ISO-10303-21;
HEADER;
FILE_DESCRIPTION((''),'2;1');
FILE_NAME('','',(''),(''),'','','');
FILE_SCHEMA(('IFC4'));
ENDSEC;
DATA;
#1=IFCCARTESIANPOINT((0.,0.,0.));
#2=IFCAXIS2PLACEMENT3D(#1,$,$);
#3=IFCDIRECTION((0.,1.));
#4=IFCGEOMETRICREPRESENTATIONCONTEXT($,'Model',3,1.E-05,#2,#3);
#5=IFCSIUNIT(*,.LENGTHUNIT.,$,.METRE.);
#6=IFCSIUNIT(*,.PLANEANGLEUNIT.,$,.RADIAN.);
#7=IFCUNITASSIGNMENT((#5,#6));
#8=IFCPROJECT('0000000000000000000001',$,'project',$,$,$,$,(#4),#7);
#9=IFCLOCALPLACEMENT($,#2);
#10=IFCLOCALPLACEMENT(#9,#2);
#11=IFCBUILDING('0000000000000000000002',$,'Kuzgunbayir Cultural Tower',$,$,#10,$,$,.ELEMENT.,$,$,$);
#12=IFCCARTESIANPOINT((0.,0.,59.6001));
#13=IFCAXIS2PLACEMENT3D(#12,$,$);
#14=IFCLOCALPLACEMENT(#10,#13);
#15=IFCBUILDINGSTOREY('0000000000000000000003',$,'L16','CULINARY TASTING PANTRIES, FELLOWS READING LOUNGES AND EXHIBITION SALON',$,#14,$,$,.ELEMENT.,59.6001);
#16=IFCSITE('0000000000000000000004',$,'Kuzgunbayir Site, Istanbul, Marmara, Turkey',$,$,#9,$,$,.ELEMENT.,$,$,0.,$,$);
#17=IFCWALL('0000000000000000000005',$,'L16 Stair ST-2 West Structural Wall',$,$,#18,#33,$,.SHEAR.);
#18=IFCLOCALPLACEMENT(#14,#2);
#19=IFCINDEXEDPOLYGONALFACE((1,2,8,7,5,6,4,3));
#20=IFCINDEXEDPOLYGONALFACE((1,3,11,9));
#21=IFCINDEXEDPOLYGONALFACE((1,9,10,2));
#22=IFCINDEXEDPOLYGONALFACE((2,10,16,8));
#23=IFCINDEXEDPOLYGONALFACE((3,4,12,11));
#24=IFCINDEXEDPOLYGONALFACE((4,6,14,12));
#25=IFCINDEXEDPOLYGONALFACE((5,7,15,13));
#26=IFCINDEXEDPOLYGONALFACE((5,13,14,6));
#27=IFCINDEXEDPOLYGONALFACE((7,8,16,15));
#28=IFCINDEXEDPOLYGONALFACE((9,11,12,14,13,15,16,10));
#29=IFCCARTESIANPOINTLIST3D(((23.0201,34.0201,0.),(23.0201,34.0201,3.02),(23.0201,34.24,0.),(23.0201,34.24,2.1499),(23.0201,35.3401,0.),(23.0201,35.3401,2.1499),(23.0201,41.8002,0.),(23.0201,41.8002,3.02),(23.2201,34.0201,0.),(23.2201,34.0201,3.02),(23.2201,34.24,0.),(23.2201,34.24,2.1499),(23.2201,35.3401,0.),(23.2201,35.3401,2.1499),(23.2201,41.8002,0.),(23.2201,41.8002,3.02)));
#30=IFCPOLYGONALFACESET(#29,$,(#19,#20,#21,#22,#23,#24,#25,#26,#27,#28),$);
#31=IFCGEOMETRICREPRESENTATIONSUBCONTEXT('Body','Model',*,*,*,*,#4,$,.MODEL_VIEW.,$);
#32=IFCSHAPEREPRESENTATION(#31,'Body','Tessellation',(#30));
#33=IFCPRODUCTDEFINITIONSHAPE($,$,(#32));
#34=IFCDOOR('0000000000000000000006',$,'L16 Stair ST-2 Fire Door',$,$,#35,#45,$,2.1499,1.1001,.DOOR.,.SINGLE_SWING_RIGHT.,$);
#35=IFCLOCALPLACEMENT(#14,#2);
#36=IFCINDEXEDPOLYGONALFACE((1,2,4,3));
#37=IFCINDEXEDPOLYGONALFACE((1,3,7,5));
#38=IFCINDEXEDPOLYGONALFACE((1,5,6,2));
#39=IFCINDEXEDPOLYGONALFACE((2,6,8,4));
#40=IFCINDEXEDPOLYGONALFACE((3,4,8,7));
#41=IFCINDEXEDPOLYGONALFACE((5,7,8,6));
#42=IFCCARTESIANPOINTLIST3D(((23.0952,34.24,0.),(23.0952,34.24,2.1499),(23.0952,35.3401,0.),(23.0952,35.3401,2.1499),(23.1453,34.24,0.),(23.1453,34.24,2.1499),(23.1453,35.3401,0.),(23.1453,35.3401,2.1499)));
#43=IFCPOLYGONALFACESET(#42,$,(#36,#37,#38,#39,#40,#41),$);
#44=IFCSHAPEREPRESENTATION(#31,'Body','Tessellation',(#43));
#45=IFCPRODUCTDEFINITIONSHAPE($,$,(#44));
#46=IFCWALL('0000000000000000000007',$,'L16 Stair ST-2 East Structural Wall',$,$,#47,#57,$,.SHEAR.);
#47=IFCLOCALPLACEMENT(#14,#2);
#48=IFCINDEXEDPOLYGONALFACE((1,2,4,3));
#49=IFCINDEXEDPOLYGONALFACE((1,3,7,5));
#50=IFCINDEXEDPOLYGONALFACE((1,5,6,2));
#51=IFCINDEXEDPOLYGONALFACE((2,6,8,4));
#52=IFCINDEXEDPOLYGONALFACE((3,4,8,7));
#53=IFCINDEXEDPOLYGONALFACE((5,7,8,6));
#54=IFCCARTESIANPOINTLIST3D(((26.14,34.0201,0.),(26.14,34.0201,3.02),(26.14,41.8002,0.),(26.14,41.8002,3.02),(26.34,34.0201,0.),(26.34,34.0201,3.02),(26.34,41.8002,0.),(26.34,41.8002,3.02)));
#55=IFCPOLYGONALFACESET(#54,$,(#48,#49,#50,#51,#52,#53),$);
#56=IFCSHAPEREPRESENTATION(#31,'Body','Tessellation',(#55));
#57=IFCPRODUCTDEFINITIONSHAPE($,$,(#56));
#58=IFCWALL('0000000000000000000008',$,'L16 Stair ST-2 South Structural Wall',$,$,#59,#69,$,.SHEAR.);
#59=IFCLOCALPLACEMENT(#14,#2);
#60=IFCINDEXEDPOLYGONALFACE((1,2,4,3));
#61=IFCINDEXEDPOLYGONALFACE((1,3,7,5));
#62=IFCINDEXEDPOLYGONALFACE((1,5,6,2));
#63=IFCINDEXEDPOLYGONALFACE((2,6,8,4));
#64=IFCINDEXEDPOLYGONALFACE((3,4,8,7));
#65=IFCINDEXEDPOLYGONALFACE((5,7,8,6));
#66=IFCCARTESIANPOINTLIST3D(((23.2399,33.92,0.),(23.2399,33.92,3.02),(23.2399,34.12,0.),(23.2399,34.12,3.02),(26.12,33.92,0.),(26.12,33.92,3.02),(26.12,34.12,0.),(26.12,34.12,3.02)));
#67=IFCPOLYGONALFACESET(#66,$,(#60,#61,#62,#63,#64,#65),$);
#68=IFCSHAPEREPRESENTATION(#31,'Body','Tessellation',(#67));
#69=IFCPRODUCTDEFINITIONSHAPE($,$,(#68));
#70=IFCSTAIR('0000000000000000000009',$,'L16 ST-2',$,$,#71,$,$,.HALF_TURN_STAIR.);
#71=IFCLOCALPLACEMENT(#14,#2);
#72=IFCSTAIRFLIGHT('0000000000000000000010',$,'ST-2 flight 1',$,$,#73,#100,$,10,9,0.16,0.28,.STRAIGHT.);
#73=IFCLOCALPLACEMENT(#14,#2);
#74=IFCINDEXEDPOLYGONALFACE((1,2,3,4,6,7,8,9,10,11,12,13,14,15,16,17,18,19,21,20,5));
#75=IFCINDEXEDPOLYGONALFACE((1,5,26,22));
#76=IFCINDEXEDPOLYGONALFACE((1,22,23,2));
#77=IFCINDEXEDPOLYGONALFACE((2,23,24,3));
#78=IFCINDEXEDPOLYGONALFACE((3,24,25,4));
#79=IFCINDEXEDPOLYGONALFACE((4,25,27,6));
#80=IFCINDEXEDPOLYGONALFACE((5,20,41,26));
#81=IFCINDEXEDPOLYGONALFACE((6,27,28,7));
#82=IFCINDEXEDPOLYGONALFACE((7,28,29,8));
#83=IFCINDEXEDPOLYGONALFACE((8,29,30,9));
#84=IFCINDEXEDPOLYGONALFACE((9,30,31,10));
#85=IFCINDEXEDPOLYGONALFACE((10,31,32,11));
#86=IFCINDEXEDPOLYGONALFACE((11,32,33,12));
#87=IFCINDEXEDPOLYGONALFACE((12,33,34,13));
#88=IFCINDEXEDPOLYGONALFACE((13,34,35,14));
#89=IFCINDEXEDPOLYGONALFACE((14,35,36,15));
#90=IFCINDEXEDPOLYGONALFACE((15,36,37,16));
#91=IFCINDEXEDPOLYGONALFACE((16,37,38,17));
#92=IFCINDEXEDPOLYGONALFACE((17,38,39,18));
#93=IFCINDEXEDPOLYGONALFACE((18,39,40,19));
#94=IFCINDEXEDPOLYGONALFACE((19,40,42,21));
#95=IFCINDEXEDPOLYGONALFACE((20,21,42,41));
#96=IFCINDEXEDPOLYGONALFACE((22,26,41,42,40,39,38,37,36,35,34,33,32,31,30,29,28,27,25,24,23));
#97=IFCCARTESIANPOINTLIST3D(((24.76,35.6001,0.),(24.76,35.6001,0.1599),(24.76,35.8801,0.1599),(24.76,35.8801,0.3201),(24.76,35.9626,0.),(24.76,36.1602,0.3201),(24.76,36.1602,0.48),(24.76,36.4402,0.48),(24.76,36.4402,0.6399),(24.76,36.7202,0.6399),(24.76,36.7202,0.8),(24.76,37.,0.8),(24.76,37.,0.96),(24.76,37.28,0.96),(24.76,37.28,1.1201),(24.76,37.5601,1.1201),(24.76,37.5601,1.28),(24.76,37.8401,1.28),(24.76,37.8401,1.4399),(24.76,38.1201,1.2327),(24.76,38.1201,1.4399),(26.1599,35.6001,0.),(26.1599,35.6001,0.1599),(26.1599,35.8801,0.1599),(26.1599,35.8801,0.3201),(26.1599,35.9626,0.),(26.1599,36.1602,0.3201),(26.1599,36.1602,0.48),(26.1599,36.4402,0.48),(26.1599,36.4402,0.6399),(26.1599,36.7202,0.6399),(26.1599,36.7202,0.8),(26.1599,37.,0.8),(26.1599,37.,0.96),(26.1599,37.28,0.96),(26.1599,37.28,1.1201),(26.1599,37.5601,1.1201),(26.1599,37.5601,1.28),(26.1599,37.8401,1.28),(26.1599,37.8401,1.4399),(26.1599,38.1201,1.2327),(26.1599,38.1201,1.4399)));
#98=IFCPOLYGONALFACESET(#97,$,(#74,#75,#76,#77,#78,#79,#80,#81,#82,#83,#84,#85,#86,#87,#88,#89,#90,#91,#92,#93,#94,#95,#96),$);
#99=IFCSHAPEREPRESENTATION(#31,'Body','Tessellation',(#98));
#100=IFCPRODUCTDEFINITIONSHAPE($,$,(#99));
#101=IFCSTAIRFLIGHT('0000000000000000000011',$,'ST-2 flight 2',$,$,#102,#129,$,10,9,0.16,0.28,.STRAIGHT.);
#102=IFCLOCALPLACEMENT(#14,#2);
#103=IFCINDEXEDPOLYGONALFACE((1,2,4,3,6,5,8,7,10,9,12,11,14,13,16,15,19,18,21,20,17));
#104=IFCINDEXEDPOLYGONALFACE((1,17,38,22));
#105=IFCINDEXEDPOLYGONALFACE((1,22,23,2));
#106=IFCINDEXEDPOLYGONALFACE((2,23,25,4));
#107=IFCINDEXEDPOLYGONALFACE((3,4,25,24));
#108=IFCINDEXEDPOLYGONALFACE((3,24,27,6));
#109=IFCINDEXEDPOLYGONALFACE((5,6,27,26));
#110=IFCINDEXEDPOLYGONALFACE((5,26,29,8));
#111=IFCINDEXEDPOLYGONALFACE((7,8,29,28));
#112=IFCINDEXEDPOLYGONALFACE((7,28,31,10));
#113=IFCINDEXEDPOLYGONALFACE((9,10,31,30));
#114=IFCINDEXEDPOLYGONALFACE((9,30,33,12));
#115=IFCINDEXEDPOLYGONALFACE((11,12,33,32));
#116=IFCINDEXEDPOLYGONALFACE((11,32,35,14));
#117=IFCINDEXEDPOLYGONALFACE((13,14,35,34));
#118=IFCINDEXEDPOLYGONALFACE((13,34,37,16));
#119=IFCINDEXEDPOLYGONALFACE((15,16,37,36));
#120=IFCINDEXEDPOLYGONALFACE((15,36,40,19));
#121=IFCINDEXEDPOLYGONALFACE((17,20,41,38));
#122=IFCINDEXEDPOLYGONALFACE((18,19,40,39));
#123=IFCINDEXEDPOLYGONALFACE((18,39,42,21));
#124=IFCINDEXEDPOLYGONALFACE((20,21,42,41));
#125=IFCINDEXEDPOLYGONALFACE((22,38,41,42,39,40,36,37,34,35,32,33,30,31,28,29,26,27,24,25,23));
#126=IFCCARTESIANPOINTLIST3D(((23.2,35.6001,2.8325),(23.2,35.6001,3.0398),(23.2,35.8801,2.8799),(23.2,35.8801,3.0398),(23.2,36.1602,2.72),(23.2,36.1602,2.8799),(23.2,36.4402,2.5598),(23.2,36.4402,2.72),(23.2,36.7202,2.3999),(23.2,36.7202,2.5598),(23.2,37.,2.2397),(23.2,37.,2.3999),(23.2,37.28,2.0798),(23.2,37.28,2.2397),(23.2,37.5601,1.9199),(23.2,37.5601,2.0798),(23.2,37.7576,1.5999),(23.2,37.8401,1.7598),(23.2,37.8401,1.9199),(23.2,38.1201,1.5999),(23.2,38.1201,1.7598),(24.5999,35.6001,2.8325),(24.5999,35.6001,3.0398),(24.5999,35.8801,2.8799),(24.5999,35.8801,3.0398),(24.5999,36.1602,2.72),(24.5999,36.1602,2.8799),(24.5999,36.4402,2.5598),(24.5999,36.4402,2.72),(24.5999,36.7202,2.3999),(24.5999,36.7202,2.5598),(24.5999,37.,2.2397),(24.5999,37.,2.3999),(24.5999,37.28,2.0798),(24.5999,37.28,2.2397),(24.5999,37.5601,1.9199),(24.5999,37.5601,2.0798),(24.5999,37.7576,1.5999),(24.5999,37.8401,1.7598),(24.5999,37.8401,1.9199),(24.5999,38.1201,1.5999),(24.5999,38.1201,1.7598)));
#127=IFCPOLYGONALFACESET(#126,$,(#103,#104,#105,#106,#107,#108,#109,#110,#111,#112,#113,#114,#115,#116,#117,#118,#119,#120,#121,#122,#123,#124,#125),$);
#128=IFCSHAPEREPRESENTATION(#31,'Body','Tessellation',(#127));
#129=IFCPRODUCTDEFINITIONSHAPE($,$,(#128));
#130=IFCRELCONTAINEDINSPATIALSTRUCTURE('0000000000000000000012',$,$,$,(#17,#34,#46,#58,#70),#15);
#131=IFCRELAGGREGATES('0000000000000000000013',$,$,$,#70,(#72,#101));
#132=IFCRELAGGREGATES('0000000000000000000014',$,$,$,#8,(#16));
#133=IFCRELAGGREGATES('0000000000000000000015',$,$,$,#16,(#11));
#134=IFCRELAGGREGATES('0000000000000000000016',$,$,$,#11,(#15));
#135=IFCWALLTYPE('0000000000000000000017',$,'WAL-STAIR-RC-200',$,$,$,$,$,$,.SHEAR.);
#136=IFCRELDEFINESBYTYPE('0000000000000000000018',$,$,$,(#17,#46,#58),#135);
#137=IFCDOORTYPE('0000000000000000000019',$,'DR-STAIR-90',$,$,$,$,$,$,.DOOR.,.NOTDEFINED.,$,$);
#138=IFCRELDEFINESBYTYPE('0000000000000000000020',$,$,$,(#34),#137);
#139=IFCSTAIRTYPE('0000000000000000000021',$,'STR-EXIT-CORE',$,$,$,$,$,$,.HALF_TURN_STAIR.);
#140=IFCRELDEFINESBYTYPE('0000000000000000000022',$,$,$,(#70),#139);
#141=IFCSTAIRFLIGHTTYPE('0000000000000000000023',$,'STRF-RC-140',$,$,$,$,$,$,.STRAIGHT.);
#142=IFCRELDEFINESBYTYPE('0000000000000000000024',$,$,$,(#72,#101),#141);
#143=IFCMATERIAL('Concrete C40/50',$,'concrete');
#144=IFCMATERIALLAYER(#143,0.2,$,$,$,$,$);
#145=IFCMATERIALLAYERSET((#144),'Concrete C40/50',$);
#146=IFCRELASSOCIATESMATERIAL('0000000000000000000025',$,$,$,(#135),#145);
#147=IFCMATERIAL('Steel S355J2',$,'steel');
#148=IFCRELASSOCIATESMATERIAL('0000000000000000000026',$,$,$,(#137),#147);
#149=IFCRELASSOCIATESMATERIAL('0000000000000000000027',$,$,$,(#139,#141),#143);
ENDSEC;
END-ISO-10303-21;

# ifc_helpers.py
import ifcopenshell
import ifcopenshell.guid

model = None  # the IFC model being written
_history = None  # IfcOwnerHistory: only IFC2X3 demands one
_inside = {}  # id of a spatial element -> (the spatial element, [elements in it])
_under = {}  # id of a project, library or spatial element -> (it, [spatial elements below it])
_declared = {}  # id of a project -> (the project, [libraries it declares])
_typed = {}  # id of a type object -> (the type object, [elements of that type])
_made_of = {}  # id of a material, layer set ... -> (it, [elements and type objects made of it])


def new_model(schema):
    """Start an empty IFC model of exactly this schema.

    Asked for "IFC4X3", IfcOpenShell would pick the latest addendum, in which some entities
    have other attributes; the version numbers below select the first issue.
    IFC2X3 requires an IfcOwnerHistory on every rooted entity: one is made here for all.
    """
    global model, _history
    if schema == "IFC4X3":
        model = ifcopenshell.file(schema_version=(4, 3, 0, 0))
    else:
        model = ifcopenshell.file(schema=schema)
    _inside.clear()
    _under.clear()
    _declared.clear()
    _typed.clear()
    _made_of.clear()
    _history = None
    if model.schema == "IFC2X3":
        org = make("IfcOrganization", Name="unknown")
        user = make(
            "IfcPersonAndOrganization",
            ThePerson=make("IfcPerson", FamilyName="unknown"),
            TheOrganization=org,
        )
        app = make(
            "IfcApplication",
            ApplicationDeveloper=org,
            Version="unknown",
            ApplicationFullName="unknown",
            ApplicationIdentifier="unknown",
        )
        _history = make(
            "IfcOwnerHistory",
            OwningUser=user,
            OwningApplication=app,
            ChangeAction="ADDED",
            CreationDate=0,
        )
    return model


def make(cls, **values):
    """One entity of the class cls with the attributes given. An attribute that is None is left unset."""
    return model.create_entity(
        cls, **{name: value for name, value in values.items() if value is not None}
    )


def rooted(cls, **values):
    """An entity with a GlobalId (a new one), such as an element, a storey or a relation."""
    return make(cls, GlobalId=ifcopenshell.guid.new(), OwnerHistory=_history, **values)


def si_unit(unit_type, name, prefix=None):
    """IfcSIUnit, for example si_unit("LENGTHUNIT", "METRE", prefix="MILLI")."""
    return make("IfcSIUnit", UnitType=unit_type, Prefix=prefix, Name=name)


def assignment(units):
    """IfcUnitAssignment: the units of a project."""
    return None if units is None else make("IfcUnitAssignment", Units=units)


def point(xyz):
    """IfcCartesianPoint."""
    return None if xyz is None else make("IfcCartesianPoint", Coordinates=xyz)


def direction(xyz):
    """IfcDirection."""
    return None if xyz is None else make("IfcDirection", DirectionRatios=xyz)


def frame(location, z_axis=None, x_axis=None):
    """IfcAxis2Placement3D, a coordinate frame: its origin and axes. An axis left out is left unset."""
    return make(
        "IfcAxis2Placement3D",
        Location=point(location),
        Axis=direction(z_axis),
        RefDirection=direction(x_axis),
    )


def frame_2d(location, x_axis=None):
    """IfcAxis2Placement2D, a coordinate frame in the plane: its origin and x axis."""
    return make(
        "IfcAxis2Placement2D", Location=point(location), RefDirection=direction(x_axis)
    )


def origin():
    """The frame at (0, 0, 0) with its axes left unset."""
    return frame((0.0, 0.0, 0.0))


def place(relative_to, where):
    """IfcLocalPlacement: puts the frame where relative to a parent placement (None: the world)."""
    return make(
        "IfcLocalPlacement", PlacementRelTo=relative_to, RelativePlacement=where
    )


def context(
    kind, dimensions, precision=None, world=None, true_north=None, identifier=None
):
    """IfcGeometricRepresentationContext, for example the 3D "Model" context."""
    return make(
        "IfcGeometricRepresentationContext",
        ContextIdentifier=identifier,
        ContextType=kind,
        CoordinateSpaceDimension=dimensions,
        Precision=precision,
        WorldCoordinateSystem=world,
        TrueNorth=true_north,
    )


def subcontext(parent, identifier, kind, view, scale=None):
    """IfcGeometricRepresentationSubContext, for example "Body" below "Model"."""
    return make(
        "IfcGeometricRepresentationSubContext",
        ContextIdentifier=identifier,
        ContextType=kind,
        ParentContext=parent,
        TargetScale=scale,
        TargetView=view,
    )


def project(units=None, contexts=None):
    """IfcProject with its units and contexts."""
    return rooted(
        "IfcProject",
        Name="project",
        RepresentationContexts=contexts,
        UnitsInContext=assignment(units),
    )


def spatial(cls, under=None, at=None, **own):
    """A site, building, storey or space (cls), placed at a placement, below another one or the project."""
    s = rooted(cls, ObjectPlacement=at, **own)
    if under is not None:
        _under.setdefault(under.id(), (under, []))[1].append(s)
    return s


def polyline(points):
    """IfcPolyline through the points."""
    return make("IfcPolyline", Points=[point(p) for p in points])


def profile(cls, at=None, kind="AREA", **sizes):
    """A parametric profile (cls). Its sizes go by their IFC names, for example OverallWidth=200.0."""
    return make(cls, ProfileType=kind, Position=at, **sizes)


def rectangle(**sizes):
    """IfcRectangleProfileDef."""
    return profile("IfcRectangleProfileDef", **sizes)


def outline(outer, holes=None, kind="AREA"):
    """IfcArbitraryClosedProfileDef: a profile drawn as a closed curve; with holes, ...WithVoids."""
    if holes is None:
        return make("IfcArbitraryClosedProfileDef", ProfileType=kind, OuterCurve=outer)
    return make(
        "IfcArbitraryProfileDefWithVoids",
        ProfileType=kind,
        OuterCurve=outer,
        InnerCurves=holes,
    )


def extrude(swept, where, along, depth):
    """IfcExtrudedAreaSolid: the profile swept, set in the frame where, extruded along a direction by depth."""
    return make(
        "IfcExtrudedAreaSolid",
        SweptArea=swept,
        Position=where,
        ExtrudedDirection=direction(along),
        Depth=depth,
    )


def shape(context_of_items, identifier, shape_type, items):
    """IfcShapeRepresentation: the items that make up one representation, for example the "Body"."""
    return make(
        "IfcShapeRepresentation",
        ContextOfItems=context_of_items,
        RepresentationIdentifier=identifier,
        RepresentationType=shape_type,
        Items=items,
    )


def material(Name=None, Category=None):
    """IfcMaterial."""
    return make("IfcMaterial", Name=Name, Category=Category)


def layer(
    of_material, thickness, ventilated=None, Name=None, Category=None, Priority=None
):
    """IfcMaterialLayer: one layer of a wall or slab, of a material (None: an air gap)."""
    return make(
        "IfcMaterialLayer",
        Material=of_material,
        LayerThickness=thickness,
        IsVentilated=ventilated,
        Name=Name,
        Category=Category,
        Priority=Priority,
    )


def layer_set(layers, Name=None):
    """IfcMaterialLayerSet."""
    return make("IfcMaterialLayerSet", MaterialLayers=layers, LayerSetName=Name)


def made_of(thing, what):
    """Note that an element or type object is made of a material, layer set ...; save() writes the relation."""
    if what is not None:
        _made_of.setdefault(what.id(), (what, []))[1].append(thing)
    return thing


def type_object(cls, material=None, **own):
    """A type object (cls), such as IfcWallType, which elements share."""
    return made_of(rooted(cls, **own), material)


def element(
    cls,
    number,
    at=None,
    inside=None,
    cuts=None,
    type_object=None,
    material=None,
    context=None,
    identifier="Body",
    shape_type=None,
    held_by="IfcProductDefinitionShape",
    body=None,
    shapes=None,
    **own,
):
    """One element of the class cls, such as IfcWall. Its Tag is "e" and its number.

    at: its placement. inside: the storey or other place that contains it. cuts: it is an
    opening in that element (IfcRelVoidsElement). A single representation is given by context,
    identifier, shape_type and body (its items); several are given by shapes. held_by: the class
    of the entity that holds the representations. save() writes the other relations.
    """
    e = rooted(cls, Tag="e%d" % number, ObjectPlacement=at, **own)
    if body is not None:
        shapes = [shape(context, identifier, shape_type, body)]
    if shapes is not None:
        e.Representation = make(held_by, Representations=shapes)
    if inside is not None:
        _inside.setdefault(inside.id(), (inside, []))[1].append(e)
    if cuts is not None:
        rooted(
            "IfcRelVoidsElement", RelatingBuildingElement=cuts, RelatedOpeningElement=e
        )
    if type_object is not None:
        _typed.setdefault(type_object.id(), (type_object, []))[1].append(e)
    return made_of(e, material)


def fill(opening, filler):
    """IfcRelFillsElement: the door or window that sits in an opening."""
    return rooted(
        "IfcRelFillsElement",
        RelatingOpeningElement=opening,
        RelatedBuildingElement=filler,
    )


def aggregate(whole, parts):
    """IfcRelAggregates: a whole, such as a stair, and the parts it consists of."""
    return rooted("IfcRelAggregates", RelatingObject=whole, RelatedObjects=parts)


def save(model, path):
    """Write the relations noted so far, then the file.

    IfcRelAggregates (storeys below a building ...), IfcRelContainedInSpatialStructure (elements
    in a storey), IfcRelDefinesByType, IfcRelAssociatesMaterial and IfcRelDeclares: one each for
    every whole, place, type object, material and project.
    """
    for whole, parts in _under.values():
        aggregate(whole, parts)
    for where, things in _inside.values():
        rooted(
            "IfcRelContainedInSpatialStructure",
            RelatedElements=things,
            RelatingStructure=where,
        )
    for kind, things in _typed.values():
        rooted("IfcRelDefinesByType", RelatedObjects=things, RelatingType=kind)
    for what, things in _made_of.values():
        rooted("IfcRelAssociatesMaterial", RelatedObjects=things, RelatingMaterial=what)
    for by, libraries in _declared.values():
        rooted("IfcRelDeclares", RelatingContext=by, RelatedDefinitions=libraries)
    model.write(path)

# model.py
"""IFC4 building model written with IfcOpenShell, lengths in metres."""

from ifc_helpers import new_model, si_unit, direction, frame, frame_2d, origin, place, context, subcontext, project, spatial, polyline, rectangle, outline, extrude, material, layer, layer_set, type_object, element, fill, aggregate, save


model = new_model("IFC4")

# Units and contexts
model_context = context("Model", 3, precision=1e-05, world=origin(), true_north=direction((0.0, 1.0)))
body_context = subcontext(model_context, "Body", "Model", "MODEL_VIEW")
ifc_project = project(units=[si_unit("LENGTHUNIT", "METRE"), si_unit("PLANEANGLEUNIT", "RADIAN")], contexts=[model_context])

# Site, building, storey
site_placement = place(None, origin())
site = spatial("IfcSite", under=ifc_project, at=site_placement, Name="Kuzgunbayir Site, Istanbul, Marmara, Turkey", CompositionType="ELEMENT", RefElevation=0.0)
building_placement = place(site_placement, origin())
building = spatial("IfcBuilding", under=site, at=building_placement, Name="Kuzgunbayir Cultural Tower", CompositionType="ELEMENT")
storey_placement = place(building_placement, frame((0.0, 0.0, 59.6001)))
storey = spatial("IfcBuildingStorey", under=building, at=storey_placement, Name="L16", Description="CULINARY TASTING PANTRIES, FELLOWS READING LOUNGES AND EXHIBITION SALON", CompositionType="ELEMENT", Elevation=59.6001)

# Shared definitions
ifc_material_1 = material(Name="Steel S355J2", Category="steel")

# Shared definitions
ifc_material_2 = material(Name="Concrete C40/50", Category="concrete")

# Wall, opening, door
ifc_layer_1 = layer(ifc_material_2, 0.2)
ifc_layer_set_1 = layer_set([ifc_layer_1], Name="Concrete C40/50")
wall_type_1 = type_object("IfcWallType", Name="WAL-STAIR-RC-200", PredefinedType="SHEAR", material=ifc_layer_set_1)
wall_1_placement = place(storey_placement, frame((23.1201, 34.02, 0.0), z_axis=(0.0, 0.0, 1.0), x_axis=(0.0, 1.0, 0.0)))
wall_1 = element("IfcWall", 1, at=wall_1_placement, inside=storey, type_object=wall_type_1, Name="L16 Stair ST-2 West Structural Wall", PredefinedType="SHEAR", context=body_context, shape_type="SweptSolid", body=[
    extrude(rectangle(XDim=7.78, YDim=0.2, at=frame_2d((3.8901, 0.0))), origin(), (0.0, 0.0, 1.0), 3.02),
])
opening_1_placement = place(wall_1_placement, frame((0.22, 0.0, 0.0)))
opening_1 = element("IfcOpeningElement", 2, at=opening_1_placement, cuts=wall_1, PredefinedType="OPENING", context=body_context, shape_type="SweptSolid", body=[
    extrude(rectangle(XDim=1.1001, YDim=2.1499, at=frame_2d((0.55, 1.075))), frame((0.0, 0.1099, 0.0), z_axis=(0.0, -1.0, 0.0), x_axis=(1.0, 0.0, 0.0)), (0.0, 0.0, 1.0), 0.22),
])
door_type_1 = type_object("IfcDoorType", Name="DR-STAIR-90", OperationType="NOTDEFINED", PredefinedType="DOOR", material=ifc_material_1)
door_1_placement = place(opening_1_placement, origin())
door_1 = element("IfcDoor", 3, at=door_1_placement, inside=storey, type_object=door_type_1, Name="L16 Stair ST-2 Fire Door", OperationType="SINGLE_SWING_RIGHT", OverallHeight=2.1499, OverallWidth=1.1001, PredefinedType="DOOR", context=body_context, shape_type="SweptSolid", body=[
    extrude(rectangle(XDim=1.1001, YDim=2.1499, at=frame_2d((0.55, 1.075))), frame((0.0, 0.0249, 0.0), z_axis=(0.0, -1.0, 0.0), x_axis=(1.0, 0.0, 0.0)), (0.0, 0.0, 1.0), 0.05),
])
fill(opening_1, door_1)

# Walls
wall_2_placement = place(storey_placement, frame((26.24, 34.02, 0.0), z_axis=(0.0, 0.0, 1.0), x_axis=(0.0, 1.0, 0.0)))
element("IfcWall", 4, at=wall_2_placement, inside=storey, type_object=wall_type_1, Name="L16 Stair ST-2 East Structural Wall", PredefinedType="SHEAR", context=body_context, shape_type="SweptSolid", body=[
    extrude(rectangle(XDim=7.78, YDim=0.2, at=frame_2d((3.8901, 0.0))), origin(), (0.0, 0.0, 1.0), 3.02),
])
wall_3_placement = place(storey_placement, frame((23.24, 34.02, 0.0), z_axis=(0.0, 0.0, 1.0), x_axis=(1.0, 0.0, 0.0)))
element("IfcWall", 5, at=wall_3_placement, inside=storey, type_object=wall_type_1, Name="L16 Stair ST-2 South Structural Wall", PredefinedType="SHEAR", context=body_context, shape_type="SweptSolid", body=[
    extrude(rectangle(XDim=2.8801, YDim=0.2, at=frame_2d((1.4399, 0.0))), origin(), (0.0, 0.0, 1.0), 3.02),
])

# Stair, stair flights
stair_type = type_object("IfcStairType", Name="STR-EXIT-CORE", PredefinedType="HALF_TURN_STAIR", material=ifc_material_2)
stair_placement = place(storey_placement, origin())
stair = element("IfcStair", 6, at=stair_placement, inside=storey, type_object=stair_type, Name="L16 ST-2", PredefinedType="HALF_TURN_STAIR")
stair_flight_type = type_object("IfcStairFlightType", Name="STRF-RC-140", PredefinedType="STRAIGHT", material=ifc_material_2)
stair_flight_1_placement = place(storey_placement, frame((25.46, 35.6001, 0.0), z_axis=(0.0, 0.0, 1.0), x_axis=(0.0, 1.0, 0.0)))
stair_flight_1 = element("IfcStairFlight", 7, at=stair_flight_1_placement, type_object=stair_flight_type, Name="ST-2 flight 1", NumberOfRisers=10, NumberOfTreads=9, PredefinedType="STRAIGHT", RiserHeight=0.16, TreadLength=0.28, context=body_context, shape_type="SweptSolid", body=[
    extrude(outline(polyline([(0.0, 0.0), (0.0, 0.1599), (0.28, 0.1599), (0.28, 0.3201), (0.5601, 0.3201), (0.5601, 0.48), (0.8401, 0.48), (0.8401, 0.6399), (1.1201, 0.6399), (1.1201, 0.8), (1.3999, 0.8), (1.3999, 0.96), (1.6799, 0.96), (1.6799, 1.1201), (1.96, 1.1201), (1.96, 1.28), (2.24, 1.28), (2.24, 1.4399), (2.52, 1.4399), (2.52, 1.6001), (2.52, 1.2327), (0.3625, 0.0), (0.0, 0.0)])), frame((0.0, 0.7, 0.0), z_axis=(0.0, -1.0, 0.0), x_axis=(1.0, 0.0, 0.0)), (0.0, 0.0, 1.0), 1.3999),
])
stair_flight_2_placement = place(storey_placement, frame((23.8999, 38.1201, 1.5999), z_axis=(0.0, 0.0, 1.0), x_axis=(0.0, -1.0, 0.0)))
stair_flight_2 = element("IfcStairFlight", 8, at=stair_flight_2_placement, type_object=stair_flight_type, Name="ST-2 flight 2", NumberOfRisers=10, NumberOfTreads=9, PredefinedType="STRAIGHT", RiserHeight=0.16, TreadLength=0.28, context=body_context, shape_type="SweptSolid", body=[
    extrude(outline(polyline([(0.0, 0.0), (0.0, 0.1599), (0.28, 0.1599), (0.28, 0.3201), (0.5601, 0.3201), (0.5601, 0.48), (0.8401, 0.48), (0.8401, 0.6399), (1.1201, 0.6399), (1.1201, 0.8), (1.3999, 0.8), (1.3999, 0.96), (1.6799, 0.96), (1.6799, 1.1201), (1.96, 1.1201), (1.96, 1.28), (2.24, 1.28), (2.24, 1.4399), (2.52, 1.4399), (2.52, 1.6001), (2.52, 1.2327), (0.3625, 0.0), (0.0, 0.0)])), frame((0.0, 0.7, 0.0), z_axis=(0.0, -1.0, 0.0), x_axis=(1.0, 0.0, 0.0)), (0.0, 0.0, 1.0), 1.3999),
])
aggregate(stair, [stair_flight_1, stair_flight_2])

save(model, "model.ifc")
